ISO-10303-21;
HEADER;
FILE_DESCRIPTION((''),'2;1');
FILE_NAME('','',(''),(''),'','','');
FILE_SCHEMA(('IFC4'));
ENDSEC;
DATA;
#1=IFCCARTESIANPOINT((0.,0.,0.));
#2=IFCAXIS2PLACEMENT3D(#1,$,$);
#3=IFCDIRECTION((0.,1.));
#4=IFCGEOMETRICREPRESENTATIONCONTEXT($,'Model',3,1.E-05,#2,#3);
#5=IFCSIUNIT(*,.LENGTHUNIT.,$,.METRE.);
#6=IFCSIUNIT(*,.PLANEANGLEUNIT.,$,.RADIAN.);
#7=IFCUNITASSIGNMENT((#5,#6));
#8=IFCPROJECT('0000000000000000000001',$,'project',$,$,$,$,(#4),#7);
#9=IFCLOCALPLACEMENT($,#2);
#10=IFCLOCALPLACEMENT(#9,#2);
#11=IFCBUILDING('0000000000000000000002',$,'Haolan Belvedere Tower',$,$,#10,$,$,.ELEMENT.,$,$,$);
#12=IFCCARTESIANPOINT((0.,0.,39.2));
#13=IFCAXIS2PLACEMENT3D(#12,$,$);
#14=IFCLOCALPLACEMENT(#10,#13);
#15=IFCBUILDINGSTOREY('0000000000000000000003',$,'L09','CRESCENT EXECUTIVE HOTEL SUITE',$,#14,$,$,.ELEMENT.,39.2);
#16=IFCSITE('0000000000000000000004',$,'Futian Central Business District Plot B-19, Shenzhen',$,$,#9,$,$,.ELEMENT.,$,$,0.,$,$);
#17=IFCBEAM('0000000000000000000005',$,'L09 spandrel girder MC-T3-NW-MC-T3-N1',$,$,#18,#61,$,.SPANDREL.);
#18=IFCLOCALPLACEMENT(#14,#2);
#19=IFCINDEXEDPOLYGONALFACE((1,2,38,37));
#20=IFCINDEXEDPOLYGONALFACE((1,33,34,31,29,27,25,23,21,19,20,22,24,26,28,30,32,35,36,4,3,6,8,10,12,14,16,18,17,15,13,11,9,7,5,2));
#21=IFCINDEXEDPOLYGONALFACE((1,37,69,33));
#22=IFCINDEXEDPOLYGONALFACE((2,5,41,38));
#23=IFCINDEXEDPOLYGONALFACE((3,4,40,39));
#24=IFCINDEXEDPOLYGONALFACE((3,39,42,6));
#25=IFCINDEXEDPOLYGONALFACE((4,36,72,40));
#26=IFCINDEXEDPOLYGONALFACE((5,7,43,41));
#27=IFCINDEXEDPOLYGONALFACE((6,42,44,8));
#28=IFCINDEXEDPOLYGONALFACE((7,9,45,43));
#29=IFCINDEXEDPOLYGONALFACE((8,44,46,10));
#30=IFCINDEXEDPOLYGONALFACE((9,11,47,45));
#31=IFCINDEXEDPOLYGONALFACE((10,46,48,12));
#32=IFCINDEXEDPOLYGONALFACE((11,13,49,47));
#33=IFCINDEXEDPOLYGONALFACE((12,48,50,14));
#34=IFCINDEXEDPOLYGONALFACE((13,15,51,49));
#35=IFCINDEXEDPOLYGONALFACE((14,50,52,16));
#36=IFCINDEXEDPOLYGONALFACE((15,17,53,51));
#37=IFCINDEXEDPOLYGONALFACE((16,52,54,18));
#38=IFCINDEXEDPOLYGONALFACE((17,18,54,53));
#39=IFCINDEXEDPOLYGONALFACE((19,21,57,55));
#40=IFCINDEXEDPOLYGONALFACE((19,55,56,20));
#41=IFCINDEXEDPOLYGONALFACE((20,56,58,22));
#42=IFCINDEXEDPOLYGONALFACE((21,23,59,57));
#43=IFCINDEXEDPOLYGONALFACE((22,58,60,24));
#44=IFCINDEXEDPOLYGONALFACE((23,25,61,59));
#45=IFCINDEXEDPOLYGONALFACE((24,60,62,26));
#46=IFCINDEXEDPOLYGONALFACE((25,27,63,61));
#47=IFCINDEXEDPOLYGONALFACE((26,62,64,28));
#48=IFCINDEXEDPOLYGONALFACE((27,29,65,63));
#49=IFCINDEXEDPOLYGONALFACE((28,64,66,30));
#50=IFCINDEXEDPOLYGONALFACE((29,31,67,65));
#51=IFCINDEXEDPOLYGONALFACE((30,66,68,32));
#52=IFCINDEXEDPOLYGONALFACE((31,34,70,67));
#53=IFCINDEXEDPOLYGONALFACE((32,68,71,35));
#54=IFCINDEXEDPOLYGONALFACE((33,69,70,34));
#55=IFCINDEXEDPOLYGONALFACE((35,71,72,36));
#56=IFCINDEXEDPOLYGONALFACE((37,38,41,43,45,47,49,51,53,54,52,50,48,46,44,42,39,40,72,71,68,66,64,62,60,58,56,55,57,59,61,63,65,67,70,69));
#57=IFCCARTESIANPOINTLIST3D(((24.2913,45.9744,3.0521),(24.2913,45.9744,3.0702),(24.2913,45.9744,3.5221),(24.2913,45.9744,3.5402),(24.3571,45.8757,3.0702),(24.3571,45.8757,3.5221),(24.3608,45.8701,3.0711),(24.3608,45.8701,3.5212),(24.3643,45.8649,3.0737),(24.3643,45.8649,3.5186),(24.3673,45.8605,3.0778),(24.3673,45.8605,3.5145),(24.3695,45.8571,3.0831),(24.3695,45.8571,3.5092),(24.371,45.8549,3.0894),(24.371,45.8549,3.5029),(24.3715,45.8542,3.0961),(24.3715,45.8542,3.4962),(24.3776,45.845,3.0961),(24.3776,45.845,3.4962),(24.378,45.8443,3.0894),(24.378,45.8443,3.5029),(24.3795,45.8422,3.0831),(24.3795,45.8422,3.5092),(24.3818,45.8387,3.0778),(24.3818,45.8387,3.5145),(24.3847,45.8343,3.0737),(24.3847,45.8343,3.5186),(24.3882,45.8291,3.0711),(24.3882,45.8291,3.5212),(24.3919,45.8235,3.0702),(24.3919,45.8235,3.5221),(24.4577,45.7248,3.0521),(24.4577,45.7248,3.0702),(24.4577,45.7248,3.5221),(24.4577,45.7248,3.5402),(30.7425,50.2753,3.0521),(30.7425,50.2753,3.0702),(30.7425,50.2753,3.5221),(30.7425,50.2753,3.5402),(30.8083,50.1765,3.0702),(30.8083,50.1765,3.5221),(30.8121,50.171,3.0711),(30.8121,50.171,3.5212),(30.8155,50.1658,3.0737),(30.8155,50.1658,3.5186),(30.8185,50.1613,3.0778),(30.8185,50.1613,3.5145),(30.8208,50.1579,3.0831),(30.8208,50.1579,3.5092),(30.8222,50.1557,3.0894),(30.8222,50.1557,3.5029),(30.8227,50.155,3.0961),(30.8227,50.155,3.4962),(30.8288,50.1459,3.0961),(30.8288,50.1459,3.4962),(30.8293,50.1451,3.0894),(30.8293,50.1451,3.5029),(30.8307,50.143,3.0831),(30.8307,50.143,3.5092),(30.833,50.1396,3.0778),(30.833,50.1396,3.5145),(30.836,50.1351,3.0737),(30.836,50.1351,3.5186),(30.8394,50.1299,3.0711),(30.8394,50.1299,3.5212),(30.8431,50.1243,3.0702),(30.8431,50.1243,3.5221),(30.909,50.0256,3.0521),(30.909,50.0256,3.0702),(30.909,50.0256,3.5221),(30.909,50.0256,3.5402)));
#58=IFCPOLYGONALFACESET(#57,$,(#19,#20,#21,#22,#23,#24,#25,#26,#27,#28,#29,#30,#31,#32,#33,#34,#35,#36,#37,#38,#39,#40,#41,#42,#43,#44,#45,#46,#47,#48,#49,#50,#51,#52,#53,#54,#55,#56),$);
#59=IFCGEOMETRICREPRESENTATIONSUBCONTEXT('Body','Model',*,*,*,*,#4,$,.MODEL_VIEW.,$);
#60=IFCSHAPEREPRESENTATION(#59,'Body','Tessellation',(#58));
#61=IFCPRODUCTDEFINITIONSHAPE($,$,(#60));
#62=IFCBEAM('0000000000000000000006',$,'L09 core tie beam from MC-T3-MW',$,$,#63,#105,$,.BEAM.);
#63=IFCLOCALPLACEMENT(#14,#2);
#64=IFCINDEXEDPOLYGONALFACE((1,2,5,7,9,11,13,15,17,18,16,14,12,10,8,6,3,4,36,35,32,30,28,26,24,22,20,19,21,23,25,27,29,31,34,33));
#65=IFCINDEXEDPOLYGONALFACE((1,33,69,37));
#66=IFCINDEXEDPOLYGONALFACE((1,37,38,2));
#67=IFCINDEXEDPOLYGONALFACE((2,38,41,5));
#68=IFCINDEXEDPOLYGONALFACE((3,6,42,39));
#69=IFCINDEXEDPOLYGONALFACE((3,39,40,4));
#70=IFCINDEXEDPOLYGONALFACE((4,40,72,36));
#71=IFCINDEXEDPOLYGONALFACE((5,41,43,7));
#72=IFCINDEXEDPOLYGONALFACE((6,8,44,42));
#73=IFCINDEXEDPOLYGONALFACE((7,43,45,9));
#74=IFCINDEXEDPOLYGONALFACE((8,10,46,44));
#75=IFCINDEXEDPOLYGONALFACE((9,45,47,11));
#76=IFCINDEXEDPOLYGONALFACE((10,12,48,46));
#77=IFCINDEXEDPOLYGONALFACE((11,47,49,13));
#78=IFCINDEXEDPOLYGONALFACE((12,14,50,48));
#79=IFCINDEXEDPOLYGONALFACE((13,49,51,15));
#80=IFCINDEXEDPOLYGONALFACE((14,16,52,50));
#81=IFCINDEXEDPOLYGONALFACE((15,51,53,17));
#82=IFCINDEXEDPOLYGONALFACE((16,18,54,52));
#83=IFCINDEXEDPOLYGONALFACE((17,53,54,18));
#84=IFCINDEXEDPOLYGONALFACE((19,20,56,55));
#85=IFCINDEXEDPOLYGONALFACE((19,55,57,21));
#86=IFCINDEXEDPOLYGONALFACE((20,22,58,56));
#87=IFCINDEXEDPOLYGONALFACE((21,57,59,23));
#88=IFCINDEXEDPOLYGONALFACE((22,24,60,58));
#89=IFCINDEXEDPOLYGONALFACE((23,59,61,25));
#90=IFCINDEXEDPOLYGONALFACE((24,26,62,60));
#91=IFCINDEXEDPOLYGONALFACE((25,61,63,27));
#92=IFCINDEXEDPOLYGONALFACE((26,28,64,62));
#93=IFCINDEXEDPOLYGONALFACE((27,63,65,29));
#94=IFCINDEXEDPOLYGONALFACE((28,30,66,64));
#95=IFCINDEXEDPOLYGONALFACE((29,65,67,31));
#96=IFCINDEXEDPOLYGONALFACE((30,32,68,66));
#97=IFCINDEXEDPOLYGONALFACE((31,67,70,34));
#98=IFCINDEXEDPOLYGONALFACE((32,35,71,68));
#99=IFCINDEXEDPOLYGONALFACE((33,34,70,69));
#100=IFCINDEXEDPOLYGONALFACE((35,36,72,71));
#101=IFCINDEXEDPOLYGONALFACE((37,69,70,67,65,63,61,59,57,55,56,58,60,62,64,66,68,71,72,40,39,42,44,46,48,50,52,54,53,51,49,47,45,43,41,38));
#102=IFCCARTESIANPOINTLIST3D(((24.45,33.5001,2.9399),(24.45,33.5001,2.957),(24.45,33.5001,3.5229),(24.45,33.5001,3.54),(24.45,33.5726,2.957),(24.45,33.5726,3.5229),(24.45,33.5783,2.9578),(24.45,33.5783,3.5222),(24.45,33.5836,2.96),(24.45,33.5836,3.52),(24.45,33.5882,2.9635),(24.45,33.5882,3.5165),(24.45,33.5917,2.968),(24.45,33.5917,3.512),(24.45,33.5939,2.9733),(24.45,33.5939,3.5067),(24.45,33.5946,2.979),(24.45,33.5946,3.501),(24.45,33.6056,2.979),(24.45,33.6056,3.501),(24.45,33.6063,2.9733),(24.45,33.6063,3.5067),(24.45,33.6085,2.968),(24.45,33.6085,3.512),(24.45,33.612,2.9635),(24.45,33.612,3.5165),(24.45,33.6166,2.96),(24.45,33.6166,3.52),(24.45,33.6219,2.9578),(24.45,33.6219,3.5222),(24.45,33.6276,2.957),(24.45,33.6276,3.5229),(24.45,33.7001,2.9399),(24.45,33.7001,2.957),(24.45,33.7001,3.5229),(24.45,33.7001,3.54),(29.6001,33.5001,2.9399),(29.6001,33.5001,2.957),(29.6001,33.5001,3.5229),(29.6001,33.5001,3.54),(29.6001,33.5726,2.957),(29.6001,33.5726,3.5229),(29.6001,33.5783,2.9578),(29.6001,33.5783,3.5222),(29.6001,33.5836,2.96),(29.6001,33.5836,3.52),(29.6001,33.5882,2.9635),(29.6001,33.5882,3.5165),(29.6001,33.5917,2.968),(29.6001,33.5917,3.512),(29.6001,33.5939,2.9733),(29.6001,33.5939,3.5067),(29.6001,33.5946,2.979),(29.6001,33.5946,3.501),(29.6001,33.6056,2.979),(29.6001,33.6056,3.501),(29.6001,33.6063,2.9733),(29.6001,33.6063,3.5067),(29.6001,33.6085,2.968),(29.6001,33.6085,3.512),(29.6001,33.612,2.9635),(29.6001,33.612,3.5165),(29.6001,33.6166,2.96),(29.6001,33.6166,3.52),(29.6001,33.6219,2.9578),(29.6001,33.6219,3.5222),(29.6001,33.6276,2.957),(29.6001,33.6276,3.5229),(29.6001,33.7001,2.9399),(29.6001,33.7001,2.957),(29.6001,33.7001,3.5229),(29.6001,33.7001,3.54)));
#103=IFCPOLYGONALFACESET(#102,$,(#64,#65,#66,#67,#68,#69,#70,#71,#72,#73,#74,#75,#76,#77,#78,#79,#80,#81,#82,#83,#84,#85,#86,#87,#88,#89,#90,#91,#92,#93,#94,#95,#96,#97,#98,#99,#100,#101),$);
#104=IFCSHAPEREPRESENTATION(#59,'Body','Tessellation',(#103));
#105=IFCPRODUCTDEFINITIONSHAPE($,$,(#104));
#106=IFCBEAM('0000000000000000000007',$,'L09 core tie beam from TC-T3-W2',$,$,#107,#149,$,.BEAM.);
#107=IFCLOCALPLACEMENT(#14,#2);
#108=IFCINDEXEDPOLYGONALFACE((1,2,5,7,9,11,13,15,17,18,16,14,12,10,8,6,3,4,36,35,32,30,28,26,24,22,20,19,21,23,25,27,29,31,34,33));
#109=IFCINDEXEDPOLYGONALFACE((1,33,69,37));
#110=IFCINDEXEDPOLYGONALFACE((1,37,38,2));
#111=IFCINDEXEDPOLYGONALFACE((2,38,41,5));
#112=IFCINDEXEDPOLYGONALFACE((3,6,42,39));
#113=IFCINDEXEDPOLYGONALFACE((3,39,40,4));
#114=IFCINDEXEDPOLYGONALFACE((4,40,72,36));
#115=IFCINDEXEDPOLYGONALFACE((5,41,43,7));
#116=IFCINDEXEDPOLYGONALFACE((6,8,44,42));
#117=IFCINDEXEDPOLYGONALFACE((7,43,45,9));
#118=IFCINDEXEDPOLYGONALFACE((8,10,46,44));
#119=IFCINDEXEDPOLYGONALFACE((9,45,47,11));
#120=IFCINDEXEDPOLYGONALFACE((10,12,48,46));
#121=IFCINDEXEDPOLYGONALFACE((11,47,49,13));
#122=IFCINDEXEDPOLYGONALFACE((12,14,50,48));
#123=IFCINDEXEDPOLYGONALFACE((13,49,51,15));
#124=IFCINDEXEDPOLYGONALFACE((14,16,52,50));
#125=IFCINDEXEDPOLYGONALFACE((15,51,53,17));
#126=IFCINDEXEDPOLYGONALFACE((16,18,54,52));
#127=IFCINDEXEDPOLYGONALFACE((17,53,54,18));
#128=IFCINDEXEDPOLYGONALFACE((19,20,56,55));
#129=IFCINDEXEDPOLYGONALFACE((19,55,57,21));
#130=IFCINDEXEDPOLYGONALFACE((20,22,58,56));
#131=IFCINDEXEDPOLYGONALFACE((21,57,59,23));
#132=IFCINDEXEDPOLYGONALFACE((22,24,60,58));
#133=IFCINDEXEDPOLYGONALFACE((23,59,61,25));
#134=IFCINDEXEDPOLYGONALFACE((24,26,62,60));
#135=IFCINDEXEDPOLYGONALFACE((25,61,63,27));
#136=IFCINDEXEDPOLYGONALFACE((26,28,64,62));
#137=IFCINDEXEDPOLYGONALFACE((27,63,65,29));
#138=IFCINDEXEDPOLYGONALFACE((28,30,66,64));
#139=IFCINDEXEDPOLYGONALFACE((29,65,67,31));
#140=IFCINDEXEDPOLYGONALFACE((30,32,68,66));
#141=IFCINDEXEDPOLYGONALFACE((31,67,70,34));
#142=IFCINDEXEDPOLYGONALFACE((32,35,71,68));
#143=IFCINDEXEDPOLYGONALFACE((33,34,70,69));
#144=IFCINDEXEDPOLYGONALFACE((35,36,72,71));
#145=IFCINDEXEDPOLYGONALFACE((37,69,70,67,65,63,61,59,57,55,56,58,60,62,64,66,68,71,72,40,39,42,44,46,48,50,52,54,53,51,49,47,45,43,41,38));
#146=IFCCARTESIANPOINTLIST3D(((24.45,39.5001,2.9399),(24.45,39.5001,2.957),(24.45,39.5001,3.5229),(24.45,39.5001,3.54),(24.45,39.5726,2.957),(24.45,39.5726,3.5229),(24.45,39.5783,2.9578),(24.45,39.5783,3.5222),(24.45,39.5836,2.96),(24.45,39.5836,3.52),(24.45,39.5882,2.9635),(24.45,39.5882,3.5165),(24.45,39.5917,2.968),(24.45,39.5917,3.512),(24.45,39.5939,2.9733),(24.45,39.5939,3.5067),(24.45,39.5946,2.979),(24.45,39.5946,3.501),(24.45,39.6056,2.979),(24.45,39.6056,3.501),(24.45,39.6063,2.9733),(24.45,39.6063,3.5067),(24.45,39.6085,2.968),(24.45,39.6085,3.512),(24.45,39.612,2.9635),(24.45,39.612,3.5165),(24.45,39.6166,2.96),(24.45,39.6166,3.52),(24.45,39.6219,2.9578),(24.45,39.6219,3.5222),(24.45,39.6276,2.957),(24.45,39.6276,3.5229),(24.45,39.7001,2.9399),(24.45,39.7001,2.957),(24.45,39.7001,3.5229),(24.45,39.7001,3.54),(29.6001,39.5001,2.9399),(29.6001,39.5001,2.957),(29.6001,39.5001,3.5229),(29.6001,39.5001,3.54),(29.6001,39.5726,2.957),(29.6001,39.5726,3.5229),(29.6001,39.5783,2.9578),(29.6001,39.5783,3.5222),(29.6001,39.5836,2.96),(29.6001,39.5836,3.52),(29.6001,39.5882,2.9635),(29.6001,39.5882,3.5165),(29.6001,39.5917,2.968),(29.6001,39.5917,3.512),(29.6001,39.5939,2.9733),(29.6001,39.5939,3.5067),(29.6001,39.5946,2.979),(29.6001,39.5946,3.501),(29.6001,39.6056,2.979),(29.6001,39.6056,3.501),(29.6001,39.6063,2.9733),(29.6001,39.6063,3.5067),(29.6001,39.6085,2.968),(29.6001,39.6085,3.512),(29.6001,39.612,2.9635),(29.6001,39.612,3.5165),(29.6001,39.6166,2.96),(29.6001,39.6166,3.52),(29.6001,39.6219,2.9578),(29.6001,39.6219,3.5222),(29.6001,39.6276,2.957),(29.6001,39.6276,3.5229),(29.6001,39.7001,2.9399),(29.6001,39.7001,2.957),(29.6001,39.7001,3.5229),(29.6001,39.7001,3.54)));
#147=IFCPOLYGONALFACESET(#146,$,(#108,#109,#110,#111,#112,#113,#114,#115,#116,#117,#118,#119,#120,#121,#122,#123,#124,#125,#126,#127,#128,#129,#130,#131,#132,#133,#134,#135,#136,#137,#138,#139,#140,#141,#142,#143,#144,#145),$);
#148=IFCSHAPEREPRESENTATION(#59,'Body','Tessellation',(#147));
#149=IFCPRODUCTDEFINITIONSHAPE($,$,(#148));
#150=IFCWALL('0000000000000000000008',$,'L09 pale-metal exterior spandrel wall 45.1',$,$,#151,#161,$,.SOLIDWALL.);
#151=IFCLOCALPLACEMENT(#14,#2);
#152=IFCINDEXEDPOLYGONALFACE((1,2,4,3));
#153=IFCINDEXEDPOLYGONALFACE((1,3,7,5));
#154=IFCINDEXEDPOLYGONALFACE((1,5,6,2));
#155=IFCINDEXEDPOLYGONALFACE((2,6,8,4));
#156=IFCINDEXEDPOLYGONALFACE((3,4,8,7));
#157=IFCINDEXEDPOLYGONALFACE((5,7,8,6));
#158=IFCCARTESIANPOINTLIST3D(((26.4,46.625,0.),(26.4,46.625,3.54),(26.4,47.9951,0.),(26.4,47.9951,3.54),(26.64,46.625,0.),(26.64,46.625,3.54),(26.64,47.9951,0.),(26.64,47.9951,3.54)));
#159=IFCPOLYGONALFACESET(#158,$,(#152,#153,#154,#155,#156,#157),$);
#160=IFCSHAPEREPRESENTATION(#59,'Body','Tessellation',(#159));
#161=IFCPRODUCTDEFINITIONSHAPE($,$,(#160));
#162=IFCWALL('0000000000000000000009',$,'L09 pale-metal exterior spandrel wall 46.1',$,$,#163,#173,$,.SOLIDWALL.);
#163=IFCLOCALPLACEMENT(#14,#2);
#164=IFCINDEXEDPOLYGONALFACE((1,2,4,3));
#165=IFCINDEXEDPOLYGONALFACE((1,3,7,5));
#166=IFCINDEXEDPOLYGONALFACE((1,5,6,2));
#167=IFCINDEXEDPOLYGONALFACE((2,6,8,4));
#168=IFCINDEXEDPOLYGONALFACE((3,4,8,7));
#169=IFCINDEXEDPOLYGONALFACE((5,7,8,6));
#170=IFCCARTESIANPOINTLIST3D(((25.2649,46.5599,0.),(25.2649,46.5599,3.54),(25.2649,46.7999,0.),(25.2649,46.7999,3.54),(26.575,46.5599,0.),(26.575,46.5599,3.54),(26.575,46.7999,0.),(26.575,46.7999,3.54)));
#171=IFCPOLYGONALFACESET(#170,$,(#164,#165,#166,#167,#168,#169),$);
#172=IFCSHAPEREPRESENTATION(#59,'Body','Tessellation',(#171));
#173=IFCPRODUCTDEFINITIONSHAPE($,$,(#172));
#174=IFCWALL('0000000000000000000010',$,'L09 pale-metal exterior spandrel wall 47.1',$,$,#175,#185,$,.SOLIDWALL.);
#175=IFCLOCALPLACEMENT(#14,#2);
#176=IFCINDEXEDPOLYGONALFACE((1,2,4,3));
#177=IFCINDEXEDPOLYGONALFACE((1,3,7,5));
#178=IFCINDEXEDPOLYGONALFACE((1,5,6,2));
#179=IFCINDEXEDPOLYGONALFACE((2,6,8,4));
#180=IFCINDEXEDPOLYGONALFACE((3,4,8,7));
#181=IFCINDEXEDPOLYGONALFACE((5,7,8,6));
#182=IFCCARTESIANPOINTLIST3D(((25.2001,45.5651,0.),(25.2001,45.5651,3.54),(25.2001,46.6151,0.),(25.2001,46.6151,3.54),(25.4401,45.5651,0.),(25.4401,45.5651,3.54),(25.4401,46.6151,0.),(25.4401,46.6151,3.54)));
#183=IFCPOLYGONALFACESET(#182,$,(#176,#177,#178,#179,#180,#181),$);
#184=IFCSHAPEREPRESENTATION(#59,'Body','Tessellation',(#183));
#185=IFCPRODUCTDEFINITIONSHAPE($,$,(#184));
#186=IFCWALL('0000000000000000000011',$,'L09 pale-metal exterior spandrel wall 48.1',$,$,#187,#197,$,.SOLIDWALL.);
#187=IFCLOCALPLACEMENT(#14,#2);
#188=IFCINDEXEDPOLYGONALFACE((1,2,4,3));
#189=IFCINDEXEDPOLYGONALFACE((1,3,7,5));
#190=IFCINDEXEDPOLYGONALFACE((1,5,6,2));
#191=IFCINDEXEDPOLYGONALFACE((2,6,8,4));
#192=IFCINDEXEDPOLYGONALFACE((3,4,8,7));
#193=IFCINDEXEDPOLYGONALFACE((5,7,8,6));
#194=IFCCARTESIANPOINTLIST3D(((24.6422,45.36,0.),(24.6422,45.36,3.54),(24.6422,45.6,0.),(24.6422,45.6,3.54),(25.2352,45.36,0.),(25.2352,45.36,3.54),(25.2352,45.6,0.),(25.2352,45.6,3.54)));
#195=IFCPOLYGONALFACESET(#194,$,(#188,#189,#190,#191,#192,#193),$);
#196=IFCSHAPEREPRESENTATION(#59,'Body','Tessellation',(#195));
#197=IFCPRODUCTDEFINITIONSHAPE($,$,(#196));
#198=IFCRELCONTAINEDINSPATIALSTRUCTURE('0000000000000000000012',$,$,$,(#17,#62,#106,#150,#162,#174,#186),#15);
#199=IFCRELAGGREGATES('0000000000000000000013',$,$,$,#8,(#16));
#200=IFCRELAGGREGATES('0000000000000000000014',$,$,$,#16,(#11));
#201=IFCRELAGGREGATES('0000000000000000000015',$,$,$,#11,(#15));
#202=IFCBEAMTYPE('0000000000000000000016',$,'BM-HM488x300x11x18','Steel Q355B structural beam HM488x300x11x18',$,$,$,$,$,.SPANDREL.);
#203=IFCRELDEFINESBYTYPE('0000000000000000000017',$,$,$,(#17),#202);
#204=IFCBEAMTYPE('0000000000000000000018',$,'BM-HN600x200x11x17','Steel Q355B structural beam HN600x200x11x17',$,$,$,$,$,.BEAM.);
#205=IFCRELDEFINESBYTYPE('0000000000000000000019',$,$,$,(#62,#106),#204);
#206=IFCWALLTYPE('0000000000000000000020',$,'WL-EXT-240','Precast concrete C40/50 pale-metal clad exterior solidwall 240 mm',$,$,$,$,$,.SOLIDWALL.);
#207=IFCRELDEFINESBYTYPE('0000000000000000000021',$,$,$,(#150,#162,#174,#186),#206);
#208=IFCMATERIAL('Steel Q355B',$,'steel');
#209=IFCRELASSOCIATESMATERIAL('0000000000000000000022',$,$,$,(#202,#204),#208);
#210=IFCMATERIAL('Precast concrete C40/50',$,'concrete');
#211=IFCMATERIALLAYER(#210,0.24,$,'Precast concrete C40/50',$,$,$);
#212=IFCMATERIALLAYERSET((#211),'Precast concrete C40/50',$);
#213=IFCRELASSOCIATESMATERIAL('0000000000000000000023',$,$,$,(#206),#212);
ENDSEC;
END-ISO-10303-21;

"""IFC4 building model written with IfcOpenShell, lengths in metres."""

from ifc_helpers import new_model, si_unit, direction, frame, frame_2d, origin, origin_2d, place, context, subcontext, project, spatial, rectangle, i_section, extrude, material, layer, layer_set, material_profile, profile_set, type_object, element, save


model = new_model("IFC4")

# Units and contexts
model_context = context("Model", 3, precision=1e-05, world=origin(), true_north=direction((0.0, 1.0)))
body_context = subcontext(model_context, "Body", "Model", "MODEL_VIEW")
ifc_project = project(units=[si_unit("LENGTHUNIT", "METRE"), si_unit("PLANEANGLEUNIT", "RADIAN")], contexts=[model_context])

# Site, building, storey
site_placement = place(None, origin())
site = spatial("IfcSite", under=ifc_project, at=site_placement, Name="Futian Central Business District Plot B-19, Shenzhen", CompositionType="ELEMENT", RefElevation=0.0)
building_placement = place(site_placement, origin())
building = spatial("IfcBuilding", under=site, at=building_placement, Name="Haolan Belvedere Tower", CompositionType="ELEMENT")
storey_placement = place(building_placement, frame((0.0, 0.0, 39.2)))
storey = spatial("IfcBuildingStorey", under=building, at=storey_placement, Name="L09", Description="CRESCENT EXECUTIVE HOTEL SUITE", CompositionType="ELEMENT", Elevation=39.2)

# Shared definitions
ifc_material_1 = material(Name="Steel Q355B", Category="steel")

# Beams
ifc_material_profile_1 = material_profile(ifc_material_1, i_section(OverallWidth=0.3, OverallDepth=0.488, WebThickness=0.011, FlangeThickness=0.0181, FilletRadius=0.0259, at=origin_2d()), Name="Steel Q355B")
ifc_profile_set_1 = profile_set([ifc_material_profile_1], Name="Steel Q355B")
beam_type_1 = type_object("IfcBeamType", Name="BM-HM488x300x11x18", Description="Steel Q355B structural beam HM488x300x11x18", PredefinedType="SPANDREL", material=ifc_profile_set_1)
beam_placement = place(storey_placement, frame((24.3745, 45.8496, 3.2961), z_axis=(0.83205, 0.5547, 0.0), x_axis=(-0.5547, 0.83205, 0.0)))
element("IfcBeam", 1, at=beam_placement, inside=storey, type_object=beam_type_1, Name="L09 spandrel girder MC-T3-NW-MC-T3-N1", PredefinedType="SPANDREL", context=body_context, shape_type="SweptSolid", body=[
    extrude(i_section(OverallWidth=0.3, OverallDepth=0.488, WebThickness=0.011, FlangeThickness=0.0181, FilletRadius=0.0259, at=origin_2d()), origin(), (0.0, 0.0, 1.0), 7.7534),
])
ifc_material_profile_2 = material_profile(ifc_material_1, i_section(OverallWidth=0.2, OverallDepth=0.6001, WebThickness=0.011, FlangeThickness=0.0171, FilletRadius=0.022, at=origin_2d()), Name="Steel Q355B")
ifc_profile_set_2 = profile_set([ifc_material_profile_2], Name="Steel Q355B")
beam_type_2 = type_object("IfcBeamType", Name="BM-HN600x200x11x17", Description="Steel Q355B structural beam HN600x200x11x17", PredefinedType="BEAM", material=ifc_profile_set_2)
for number, where, z_axis, x_axis, name in (
    (2, (24.45, 33.6001, 3.24), (1.0, 0.0, 0.0), (0.0, 1.0, 0.0), "L09 core tie beam from MC-T3-MW"),
    (3, (24.45, 39.6001, 3.24), (1.0, 0.0, 0.0), (0.0, 1.0, 0.0), "L09 core tie beam from TC-T3-W2"),
):
    element("IfcBeam", number, at=place(storey_placement, frame(where, z_axis=z_axis, x_axis=x_axis)), inside=storey, type_object=beam_type_2, Name=name, PredefinedType="BEAM", context=body_context, shape_type="SweptSolid", body=[
        extrude(i_section(OverallWidth=0.2, OverallDepth=0.6001, WebThickness=0.011, FlangeThickness=0.0171, FilletRadius=0.022, at=origin_2d()), origin(), (0.0, 0.0, 1.0), 5.1501),
    ])

# Walls
ifc_material_2 = material(Name="Precast concrete C40/50", Category="concrete")
ifc_layer_1 = layer(ifc_material_2, 0.24, Name="Precast concrete C40/50")
ifc_layer_set_1 = layer_set([ifc_layer_1], Name="Precast concrete C40/50")
wall_type_1 = type_object("IfcWallType", Name="WL-EXT-240", Description="Precast concrete C40/50 pale-metal clad exterior solidwall 240 mm", PredefinedType="SOLIDWALL", material=ifc_layer_set_1)
wall_1_placement = place(storey_placement, frame((26.52, 47.9951, 0.0), z_axis=(0.0, 0.0, 1.0), x_axis=(0.0, -1.0, 0.0)))
element("IfcWall", 4, at=wall_1_placement, inside=storey, type_object=wall_type_1, Name="L09 pale-metal exterior spandrel wall 45.1", PredefinedType="SOLIDWALL", context=body_context, shape_type="SweptSolid", body=[
    extrude(rectangle(XDim=1.3701, YDim=0.24, at=frame_2d((0.6851, 0.0))), origin(), (0.0, 0.0, 1.0), 3.54),
])
wall_2_placement = place(storey_placement, frame((26.575, 46.6799, 0.0), z_axis=(0.0, 0.0, 1.0), x_axis=(-1.0, 0.0, 0.0)))
element("IfcWall", 5, at=wall_2_placement, inside=storey, type_object=wall_type_1, Name="L09 pale-metal exterior spandrel wall 46.1", PredefinedType="SOLIDWALL", context=body_context, shape_type="SweptSolid", body=[
    extrude(rectangle(XDim=1.3101, YDim=0.24, at=frame_2d((0.655, 0.0))), origin(), (0.0, 0.0, 1.0), 3.54),
])
wall_3_placement = place(storey_placement, frame((25.3201, 46.615, 0.0), z_axis=(0.0, 0.0, 1.0), x_axis=(0.0, -1.0, 0.0)))
element("IfcWall", 6, at=wall_3_placement, inside=storey, type_object=wall_type_1, Name="L09 pale-metal exterior spandrel wall 47.1", PredefinedType="SOLIDWALL", context=body_context, shape_type="SweptSolid", body=[
    extrude(rectangle(XDim=1.05, YDim=0.24, at=frame_2d((0.5249, 0.0))), origin(), (0.0, 0.0, 1.0), 3.54),
])
wall_4_placement = place(storey_placement, frame((25.2351, 45.48, 0.0), z_axis=(0.0, 0.0, 1.0), x_axis=(-1.0, 0.0, 0.0)))
element("IfcWall", 7, at=wall_4_placement, inside=storey, type_object=wall_type_1, Name="L09 pale-metal exterior spandrel wall 48.1", PredefinedType="SOLIDWALL", context=body_context, shape_type="SweptSolid", body=[
    extrude(rectangle(XDim=0.593, YDim=0.24, at=frame_2d((0.2964, 0.0))), origin(), (0.0, 0.0, 1.0), 3.54),
])

save(model, "model.ifc")
